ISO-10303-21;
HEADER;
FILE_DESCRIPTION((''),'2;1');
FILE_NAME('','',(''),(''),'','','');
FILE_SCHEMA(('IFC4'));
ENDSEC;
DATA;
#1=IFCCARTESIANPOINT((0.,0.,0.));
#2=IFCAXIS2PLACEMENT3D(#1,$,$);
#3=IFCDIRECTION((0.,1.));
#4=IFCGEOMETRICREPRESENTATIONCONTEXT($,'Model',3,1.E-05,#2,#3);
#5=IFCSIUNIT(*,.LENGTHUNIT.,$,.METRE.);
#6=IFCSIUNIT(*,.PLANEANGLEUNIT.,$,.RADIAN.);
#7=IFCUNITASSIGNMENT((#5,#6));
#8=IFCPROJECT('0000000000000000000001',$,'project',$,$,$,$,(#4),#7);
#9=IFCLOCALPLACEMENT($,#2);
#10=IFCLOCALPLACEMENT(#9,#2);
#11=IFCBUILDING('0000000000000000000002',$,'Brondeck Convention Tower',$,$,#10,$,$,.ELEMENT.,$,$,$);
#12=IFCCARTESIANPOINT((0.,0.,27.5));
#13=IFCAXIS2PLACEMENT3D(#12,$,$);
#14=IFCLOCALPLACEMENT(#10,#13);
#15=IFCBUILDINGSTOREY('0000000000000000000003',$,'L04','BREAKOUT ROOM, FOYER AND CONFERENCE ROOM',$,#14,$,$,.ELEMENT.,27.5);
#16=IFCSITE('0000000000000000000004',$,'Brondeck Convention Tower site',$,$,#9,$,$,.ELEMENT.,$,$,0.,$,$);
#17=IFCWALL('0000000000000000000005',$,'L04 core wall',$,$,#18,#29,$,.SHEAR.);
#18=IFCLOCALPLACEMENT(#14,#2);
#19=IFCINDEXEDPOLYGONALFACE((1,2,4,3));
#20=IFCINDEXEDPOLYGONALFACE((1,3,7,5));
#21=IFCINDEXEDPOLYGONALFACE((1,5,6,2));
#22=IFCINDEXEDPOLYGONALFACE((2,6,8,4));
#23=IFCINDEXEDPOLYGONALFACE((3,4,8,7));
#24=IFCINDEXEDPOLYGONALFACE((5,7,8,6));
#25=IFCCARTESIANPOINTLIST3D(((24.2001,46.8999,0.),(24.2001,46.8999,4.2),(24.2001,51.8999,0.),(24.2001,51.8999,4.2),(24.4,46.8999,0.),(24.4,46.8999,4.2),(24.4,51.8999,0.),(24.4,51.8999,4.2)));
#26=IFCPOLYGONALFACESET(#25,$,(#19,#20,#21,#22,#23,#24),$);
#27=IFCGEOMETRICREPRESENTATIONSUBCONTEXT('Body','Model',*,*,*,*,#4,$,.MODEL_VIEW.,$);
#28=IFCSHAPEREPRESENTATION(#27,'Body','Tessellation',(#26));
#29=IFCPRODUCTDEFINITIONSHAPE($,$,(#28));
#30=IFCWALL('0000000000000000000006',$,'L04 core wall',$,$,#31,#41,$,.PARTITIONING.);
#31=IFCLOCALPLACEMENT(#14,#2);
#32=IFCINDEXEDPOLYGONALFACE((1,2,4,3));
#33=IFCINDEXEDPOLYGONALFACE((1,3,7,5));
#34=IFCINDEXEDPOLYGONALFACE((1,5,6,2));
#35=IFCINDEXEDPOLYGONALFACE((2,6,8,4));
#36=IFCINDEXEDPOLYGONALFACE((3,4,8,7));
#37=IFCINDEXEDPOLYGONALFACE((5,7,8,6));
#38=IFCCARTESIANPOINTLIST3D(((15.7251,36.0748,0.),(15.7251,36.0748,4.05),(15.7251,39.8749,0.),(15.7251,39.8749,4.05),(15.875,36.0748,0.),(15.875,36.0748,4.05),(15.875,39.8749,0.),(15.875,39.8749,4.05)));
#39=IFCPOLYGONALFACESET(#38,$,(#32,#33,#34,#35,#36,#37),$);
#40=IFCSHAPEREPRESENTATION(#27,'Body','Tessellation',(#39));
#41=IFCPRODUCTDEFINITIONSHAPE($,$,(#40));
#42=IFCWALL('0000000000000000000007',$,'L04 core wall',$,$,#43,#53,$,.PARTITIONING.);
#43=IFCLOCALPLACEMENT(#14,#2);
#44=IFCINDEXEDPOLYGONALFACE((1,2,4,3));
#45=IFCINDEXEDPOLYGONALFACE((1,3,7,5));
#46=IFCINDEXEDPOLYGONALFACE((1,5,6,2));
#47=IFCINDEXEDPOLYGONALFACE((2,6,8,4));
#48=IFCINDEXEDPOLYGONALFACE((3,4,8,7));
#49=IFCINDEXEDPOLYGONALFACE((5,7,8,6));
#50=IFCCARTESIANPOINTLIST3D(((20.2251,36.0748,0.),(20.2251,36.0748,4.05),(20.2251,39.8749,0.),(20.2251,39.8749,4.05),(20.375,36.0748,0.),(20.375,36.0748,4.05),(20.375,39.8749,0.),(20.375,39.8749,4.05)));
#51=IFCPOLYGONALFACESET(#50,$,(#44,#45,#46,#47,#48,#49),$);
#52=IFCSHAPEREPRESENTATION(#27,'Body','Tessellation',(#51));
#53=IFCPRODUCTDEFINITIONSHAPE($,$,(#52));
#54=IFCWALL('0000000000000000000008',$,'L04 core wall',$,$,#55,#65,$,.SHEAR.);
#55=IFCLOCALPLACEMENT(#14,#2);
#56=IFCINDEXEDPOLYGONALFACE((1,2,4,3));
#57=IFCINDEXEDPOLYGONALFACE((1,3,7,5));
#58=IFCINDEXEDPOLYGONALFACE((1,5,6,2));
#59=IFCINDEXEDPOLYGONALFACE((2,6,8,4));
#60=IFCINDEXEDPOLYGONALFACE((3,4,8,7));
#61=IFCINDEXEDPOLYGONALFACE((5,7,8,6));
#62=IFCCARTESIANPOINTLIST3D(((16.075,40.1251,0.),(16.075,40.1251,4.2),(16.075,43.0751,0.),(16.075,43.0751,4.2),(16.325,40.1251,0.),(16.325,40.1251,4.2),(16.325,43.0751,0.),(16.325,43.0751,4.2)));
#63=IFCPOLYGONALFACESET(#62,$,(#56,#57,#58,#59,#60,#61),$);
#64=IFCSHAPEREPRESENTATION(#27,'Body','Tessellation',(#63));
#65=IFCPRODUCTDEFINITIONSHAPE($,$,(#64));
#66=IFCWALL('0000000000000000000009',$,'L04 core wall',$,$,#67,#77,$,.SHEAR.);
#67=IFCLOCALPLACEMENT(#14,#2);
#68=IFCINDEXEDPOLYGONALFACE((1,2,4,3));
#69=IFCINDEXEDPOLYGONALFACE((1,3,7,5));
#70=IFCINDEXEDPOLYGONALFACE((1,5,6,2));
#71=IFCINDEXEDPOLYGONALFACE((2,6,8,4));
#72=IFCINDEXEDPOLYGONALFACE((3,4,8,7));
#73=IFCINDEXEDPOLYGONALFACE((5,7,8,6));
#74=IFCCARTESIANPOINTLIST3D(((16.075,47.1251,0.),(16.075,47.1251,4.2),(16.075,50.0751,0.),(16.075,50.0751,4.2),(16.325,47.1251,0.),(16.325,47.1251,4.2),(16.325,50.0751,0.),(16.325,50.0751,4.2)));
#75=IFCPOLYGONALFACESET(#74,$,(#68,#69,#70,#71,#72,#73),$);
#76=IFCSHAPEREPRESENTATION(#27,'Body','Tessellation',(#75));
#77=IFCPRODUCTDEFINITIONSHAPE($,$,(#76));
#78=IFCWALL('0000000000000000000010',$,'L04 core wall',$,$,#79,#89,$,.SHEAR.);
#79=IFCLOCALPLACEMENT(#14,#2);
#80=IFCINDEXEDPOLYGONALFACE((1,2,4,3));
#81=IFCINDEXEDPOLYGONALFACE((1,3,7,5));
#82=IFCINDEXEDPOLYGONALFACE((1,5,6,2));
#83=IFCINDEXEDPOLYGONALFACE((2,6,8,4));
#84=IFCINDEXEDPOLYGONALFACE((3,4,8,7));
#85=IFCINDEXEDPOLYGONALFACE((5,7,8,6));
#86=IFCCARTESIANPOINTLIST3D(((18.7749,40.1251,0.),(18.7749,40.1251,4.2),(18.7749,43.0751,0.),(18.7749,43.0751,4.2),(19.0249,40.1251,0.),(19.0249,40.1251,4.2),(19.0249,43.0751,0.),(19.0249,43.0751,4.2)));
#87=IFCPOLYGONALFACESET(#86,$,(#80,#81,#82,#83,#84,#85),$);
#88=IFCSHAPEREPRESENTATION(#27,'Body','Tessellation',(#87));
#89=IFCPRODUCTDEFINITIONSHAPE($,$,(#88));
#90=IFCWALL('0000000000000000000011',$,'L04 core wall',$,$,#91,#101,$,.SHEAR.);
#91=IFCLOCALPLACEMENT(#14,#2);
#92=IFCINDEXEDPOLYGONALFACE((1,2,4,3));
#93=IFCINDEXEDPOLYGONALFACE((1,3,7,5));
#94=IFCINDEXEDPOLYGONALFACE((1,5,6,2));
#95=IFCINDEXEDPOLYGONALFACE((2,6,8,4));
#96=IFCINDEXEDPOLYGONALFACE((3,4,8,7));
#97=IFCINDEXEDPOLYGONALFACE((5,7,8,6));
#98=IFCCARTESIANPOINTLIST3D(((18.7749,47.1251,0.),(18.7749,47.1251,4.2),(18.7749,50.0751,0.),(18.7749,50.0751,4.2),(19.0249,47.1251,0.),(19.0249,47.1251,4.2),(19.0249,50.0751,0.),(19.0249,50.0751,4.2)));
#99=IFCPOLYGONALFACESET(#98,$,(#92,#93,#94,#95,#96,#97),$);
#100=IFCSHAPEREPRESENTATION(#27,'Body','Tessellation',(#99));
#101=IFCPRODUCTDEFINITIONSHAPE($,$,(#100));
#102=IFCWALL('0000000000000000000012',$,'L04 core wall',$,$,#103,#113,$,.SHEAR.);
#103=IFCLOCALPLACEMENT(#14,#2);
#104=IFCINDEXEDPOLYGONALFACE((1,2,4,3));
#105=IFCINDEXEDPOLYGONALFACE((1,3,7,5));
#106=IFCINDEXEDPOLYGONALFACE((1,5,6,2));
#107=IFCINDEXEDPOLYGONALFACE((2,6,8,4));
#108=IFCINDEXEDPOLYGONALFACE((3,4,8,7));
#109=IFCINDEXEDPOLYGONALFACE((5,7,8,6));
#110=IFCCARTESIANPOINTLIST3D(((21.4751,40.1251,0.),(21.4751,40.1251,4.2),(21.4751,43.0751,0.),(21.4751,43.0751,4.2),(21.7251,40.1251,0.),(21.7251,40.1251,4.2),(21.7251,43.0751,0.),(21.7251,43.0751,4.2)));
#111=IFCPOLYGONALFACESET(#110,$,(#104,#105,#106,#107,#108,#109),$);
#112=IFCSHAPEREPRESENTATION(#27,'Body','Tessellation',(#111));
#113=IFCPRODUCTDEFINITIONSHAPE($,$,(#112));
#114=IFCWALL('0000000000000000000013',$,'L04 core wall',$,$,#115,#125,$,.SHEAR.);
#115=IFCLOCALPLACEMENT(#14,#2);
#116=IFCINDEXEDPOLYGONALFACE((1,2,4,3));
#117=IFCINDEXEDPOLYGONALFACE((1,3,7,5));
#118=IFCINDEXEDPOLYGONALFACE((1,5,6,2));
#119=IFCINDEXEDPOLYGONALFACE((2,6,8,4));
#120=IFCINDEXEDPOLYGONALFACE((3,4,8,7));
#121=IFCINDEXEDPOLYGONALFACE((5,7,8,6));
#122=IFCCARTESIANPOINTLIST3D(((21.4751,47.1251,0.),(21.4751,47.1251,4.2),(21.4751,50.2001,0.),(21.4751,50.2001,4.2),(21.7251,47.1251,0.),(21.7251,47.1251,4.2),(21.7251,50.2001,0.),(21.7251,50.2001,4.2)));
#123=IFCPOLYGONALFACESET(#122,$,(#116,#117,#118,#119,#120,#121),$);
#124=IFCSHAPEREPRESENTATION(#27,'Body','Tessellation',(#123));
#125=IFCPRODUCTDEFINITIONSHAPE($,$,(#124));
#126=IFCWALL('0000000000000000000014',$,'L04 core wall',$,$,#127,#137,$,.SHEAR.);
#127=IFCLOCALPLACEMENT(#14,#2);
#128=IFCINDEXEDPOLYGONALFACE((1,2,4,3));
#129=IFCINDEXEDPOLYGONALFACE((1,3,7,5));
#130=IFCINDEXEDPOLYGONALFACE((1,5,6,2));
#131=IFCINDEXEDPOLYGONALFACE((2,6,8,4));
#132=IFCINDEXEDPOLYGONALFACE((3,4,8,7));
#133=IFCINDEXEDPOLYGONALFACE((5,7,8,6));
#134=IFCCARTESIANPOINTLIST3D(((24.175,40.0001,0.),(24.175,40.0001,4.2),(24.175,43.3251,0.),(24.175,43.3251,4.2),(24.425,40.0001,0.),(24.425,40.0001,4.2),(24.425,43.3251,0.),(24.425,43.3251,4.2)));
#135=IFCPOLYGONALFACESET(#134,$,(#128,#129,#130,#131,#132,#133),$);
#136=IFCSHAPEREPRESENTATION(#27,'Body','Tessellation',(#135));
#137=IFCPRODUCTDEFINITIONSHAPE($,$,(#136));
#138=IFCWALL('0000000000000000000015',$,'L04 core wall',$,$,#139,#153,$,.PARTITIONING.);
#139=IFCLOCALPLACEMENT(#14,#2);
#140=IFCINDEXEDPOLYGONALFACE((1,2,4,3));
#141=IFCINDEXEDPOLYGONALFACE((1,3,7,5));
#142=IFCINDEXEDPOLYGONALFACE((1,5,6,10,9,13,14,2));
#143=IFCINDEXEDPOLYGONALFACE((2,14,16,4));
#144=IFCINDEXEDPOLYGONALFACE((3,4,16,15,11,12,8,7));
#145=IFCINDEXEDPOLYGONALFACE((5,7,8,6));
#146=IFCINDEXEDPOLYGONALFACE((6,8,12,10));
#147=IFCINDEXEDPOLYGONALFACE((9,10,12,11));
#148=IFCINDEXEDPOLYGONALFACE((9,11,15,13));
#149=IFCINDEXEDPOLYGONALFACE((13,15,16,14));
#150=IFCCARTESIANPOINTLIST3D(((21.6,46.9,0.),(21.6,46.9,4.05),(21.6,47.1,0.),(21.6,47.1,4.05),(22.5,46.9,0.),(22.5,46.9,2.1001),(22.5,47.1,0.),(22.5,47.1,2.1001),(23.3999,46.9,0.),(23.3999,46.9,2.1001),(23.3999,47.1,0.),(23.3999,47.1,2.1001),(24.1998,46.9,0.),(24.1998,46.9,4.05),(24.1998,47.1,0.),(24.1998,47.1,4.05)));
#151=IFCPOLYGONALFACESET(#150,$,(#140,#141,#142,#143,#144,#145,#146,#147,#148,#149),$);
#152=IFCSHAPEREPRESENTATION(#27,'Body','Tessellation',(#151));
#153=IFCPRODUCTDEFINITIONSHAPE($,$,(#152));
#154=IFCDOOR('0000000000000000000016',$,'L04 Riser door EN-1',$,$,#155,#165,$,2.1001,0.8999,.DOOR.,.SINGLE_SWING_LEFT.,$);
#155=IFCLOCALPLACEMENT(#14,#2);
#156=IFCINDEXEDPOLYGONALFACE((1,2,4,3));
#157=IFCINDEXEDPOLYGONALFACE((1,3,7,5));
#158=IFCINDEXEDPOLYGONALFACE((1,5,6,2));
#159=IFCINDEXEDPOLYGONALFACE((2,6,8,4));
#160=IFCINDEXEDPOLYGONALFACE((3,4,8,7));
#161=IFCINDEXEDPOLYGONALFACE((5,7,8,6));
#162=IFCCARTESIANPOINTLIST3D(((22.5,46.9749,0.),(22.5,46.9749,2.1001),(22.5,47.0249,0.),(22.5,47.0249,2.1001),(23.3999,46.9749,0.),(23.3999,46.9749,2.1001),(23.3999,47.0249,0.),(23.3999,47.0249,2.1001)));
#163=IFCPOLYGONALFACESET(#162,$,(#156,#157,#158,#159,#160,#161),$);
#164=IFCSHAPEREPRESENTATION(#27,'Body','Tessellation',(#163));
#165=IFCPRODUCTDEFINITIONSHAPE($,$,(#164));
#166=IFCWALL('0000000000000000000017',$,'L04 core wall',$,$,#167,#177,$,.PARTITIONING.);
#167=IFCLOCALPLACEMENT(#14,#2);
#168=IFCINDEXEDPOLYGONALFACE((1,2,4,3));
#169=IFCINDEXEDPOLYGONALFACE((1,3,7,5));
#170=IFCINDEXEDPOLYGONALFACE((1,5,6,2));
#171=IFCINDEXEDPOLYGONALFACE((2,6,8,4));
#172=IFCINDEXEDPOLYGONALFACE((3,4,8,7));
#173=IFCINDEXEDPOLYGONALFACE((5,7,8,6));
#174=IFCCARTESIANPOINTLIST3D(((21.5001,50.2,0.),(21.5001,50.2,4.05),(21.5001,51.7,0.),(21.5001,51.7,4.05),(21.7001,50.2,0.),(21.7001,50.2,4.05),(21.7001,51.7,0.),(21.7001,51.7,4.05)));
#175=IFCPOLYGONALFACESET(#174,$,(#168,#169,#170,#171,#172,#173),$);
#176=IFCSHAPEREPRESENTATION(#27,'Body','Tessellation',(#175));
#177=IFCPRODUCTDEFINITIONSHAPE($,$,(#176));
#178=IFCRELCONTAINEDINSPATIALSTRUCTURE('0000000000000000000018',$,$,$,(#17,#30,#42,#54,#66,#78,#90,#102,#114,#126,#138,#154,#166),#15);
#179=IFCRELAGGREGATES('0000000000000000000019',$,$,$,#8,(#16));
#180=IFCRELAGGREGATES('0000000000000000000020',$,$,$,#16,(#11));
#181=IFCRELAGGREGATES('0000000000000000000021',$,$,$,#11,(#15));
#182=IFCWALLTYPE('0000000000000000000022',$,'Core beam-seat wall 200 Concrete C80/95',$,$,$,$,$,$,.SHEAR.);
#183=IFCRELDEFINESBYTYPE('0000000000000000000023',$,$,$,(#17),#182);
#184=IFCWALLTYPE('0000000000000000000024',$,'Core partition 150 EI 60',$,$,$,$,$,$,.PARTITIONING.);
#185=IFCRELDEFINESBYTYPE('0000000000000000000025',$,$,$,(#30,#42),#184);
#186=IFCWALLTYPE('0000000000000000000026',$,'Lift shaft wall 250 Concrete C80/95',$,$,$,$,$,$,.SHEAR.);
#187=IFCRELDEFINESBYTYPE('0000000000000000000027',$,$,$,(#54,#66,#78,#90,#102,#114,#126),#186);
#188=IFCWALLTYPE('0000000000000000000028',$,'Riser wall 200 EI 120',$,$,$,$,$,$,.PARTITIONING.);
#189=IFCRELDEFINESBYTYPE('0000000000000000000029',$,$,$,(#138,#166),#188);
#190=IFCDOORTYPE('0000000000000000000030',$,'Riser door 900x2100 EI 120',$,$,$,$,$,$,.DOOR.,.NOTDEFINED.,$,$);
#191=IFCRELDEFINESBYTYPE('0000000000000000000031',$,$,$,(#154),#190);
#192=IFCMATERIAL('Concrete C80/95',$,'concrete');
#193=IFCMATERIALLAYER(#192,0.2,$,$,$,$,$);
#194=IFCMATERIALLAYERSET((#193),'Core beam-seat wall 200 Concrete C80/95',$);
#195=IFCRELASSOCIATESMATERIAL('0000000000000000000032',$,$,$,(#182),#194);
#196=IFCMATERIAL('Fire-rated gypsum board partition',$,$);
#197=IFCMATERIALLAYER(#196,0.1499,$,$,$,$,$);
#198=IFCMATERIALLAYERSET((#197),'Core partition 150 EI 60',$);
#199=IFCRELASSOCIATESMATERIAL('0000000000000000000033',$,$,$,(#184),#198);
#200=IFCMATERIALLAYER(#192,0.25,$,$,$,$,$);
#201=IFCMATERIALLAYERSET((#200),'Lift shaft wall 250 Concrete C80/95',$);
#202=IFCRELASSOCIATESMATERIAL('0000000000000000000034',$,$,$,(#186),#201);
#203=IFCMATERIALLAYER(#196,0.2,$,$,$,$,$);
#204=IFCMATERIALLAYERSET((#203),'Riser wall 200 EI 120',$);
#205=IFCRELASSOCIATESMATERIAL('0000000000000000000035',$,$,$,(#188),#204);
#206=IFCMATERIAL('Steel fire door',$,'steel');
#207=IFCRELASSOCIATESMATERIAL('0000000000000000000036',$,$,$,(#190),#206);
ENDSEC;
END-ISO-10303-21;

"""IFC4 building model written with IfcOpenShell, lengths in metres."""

from ifc_helpers import new_model, si_unit, direction, frame, frame_2d, origin, place, context, subcontext, project, spatial, rectangle, extrude, material, layer, layer_set, type_object, element, fill, save


model = new_model("IFC4")

# Units and contexts
model_context = context("Model", 3, precision=1e-05, world=origin(), true_north=direction((0.0, 1.0)))
body_context = subcontext(model_context, "Body", "Model", "MODEL_VIEW")
ifc_project = project(units=[si_unit("LENGTHUNIT", "METRE"), si_unit("PLANEANGLEUNIT", "RADIAN")], contexts=[model_context])

# Site, building, storey
site_placement = place(None, origin())
site = spatial("IfcSite", under=ifc_project, at=site_placement, Name="Brondeck Convention Tower site", CompositionType="ELEMENT", RefElevation=0.0)
building_placement = place(site_placement, origin())
building = spatial("IfcBuilding", under=site, at=building_placement, Name="Brondeck Convention Tower", CompositionType="ELEMENT")
storey_placement = place(building_placement, frame((0.0, 0.0, 27.5)))
storey = spatial("IfcBuildingStorey", under=building, at=storey_placement, Name="L04", Description="BREAKOUT ROOM, FOYER AND CONFERENCE ROOM", CompositionType="ELEMENT", Elevation=27.5)

# Walls
ifc_material_1 = material(Name="Concrete C80/95", Category="concrete")
ifc_layer_1 = layer(ifc_material_1, 0.2)
ifc_layer_set_1 = layer_set([ifc_layer_1], Name="Core beam-seat wall 200 Concrete C80/95")
wall_type_1 = type_object("IfcWallType", Name="Core beam-seat wall 200 Concrete C80/95", PredefinedType="SHEAR", material=ifc_layer_set_1)
wall_1_placement = place(storey_placement, frame((24.3, 46.8999, 0.0), z_axis=(0.0, 0.0, 1.0), x_axis=(0.0, 1.0, 0.0)))
element("IfcWall", 1, at=wall_1_placement, inside=storey, type_object=wall_type_1, Name="L04 core wall", PredefinedType="SHEAR", context=body_context, shape_type="SweptSolid", body=[
    extrude(rectangle(XDim=5.0, YDim=0.2, at=frame_2d((2.5, 0.0))), origin(), (0.0, 0.0, 1.0), 4.2),
])
ifc_material_2 = material(Name="Fire-rated gypsum board partition")
ifc_layer_2 = layer(ifc_material_2, 0.1499)
ifc_layer_set_2 = layer_set([ifc_layer_2], Name="Core partition 150 EI 60")
wall_type_2 = type_object("IfcWallType", Name="Core partition 150 EI 60", PredefinedType="PARTITIONING", material=ifc_layer_set_2)
for number, where, z_axis, x_axis, name in (
    (2, (15.8, 36.075, 0.0), (0.0, 0.0, 1.0), (0.0, 1.0, 0.0), "L04 core wall"),
    (3, (20.3, 36.075, 0.0), (0.0, 0.0, 1.0), (0.0, 1.0, 0.0), "L04 core wall"),
):
    element("IfcWall", number, at=place(storey_placement, frame(where, z_axis=z_axis, x_axis=x_axis)), inside=storey, type_object=wall_type_2, Name=name, PredefinedType="PARTITIONING", context=body_context, shape_type="SweptSolid", body=[
        extrude(rectangle(XDim=3.8, YDim=0.1499, at=frame_2d((1.8999, 0.0))), origin(), (0.0, 0.0, 1.0), 4.05),
    ])
ifc_layer_3 = layer(ifc_material_1, 0.25)
ifc_layer_set_3 = layer_set([ifc_layer_3], Name="Lift shaft wall 250 Concrete C80/95")
wall_type_3 = type_object("IfcWallType", Name="Lift shaft wall 250 Concrete C80/95", PredefinedType="SHEAR", material=ifc_layer_set_3)
for number, where, z_axis, x_axis, name in (
    (4, (16.2, 40.125, 0.0), (0.0, 0.0, 1.0), (0.0, 1.0, 0.0), "L04 core wall"),
    (5, (16.2, 47.125, 0.0), (0.0, 0.0, 1.0), (0.0, 1.0, 0.0), "L04 core wall"),
    (6, (18.8999, 40.125, 0.0), (0.0, 0.0, 1.0), (0.0, 1.0, 0.0), "L04 core wall"),
    (7, (18.8999, 47.125, 0.0), (0.0, 0.0, 1.0), (0.0, 1.0, 0.0), "L04 core wall"),
    (8, (21.6001, 40.125, 0.0), (0.0, 0.0, 1.0), (0.0, 1.0, 0.0), "L04 core wall"),
):
    element("IfcWall", number, at=place(storey_placement, frame(where, z_axis=z_axis, x_axis=x_axis)), inside=storey, type_object=wall_type_3, Name=name, PredefinedType="SHEAR", context=body_context, shape_type="SweptSolid", body=[
        extrude(rectangle(XDim=2.95, YDim=0.25, at=frame_2d((1.4751, 0.0))), origin(), (0.0, 0.0, 1.0), 4.2),
    ])
wall_2_placement = place(storey_placement, frame((21.6001, 47.125, 0.0), z_axis=(0.0, 0.0, 1.0), x_axis=(0.0, 1.0, 0.0)))
element("IfcWall", 9, at=wall_2_placement, inside=storey, type_object=wall_type_3, Name="L04 core wall", PredefinedType="SHEAR", context=body_context, shape_type="SweptSolid", body=[
    extrude(rectangle(XDim=3.075, YDim=0.25, at=frame_2d((1.5376, 0.0))), origin(), (0.0, 0.0, 1.0), 4.2),
])
wall_3_placement = place(storey_placement, frame((24.3, 40.0, 0.0), z_axis=(0.0, 0.0, 1.0), x_axis=(0.0, 1.0, 0.0)))
element("IfcWall", 10, at=wall_3_placement, inside=storey, type_object=wall_type_3, Name="L04 core wall", PredefinedType="SHEAR", context=body_context, shape_type="SweptSolid", body=[
    extrude(rectangle(XDim=3.325, YDim=0.25, at=frame_2d((1.6626, 0.0))), origin(), (0.0, 0.0, 1.0), 4.2),
])

# Wall, opening, door
ifc_layer_4 = layer(ifc_material_2, 0.2)
ifc_layer_set_4 = layer_set([ifc_layer_4], Name="Riser wall 200 EI 120")
wall_type_4 = type_object("IfcWallType", Name="Riser wall 200 EI 120", PredefinedType="PARTITIONING", material=ifc_layer_set_4)
wall_4_placement = place(storey_placement, frame((21.6001, 47.0, 0.0), z_axis=(0.0, 0.0, 1.0), x_axis=(1.0, 0.0, 0.0)))
wall_4 = element("IfcWall", 11, at=wall_4_placement, inside=storey, type_object=wall_type_4, Name="L04 core wall", PredefinedType="PARTITIONING", context=body_context, shape_type="SweptSolid", body=[
    extrude(rectangle(XDim=2.5999, YDim=0.2, at=frame_2d((1.2998, 0.0))), origin(), (0.0, 0.0, 1.0), 4.05),
])
opening_placement = place(wall_4_placement, frame((0.8999, 0.0, 0.0)))
opening = element("IfcOpeningElement", 12, at=opening_placement, cuts=wall_4, PredefinedType="OPENING", context=body_context, shape_type="SweptSolid", body=[
    extrude(rectangle(XDim=0.8999, YDim=2.1001, at=frame_2d((0.45, 1.05))), frame((0.0, 0.1099, 0.0), z_axis=(0.0, -1.0, 0.0), x_axis=(1.0, 0.0, 0.0)), (0.0, 0.0, 1.0), 0.22),
])
ifc_material_3 = material(Name="Steel fire door", Category="steel")
door_type = type_object("IfcDoorType", Name="Riser door 900x2100 EI 120", OperationType="NOTDEFINED", PredefinedType="DOOR", material=ifc_material_3)
door_placement = place(opening_placement, origin())
door = element("IfcDoor", 13, at=door_placement, inside=storey, type_object=door_type, Name="L04 Riser door EN-1", OperationType="SINGLE_SWING_LEFT", OverallHeight=2.1001, OverallWidth=0.8999, PredefinedType="DOOR", context=body_context, shape_type="SweptSolid", body=[
    extrude(rectangle(XDim=0.8999, YDim=2.1001, at=frame_2d((0.45, 1.05))), frame((0.0, 0.0249, 0.0), z_axis=(0.0, -1.0, 0.0), x_axis=(1.0, 0.0, 0.0)), (0.0, 0.0, 1.0), 0.05),
])
fill(opening, door)

# Wall
wall_5_placement = place(storey_placement, frame((21.6001, 50.2, 0.0), z_axis=(0.0, 0.0, 1.0), x_axis=(0.0, 1.0, 0.0)))
element("IfcWall", 14, at=wall_5_placement, inside=storey, type_object=wall_type_4, Name="L04 core wall", PredefinedType="PARTITIONING", context=body_context, shape_type="SweptSolid", body=[
    extrude(rectangle(XDim=1.5, YDim=0.2, at=frame_2d((0.75, 0.0))), origin(), (0.0, 0.0, 1.0), 4.05),
])

save(model, "model.ifc")
